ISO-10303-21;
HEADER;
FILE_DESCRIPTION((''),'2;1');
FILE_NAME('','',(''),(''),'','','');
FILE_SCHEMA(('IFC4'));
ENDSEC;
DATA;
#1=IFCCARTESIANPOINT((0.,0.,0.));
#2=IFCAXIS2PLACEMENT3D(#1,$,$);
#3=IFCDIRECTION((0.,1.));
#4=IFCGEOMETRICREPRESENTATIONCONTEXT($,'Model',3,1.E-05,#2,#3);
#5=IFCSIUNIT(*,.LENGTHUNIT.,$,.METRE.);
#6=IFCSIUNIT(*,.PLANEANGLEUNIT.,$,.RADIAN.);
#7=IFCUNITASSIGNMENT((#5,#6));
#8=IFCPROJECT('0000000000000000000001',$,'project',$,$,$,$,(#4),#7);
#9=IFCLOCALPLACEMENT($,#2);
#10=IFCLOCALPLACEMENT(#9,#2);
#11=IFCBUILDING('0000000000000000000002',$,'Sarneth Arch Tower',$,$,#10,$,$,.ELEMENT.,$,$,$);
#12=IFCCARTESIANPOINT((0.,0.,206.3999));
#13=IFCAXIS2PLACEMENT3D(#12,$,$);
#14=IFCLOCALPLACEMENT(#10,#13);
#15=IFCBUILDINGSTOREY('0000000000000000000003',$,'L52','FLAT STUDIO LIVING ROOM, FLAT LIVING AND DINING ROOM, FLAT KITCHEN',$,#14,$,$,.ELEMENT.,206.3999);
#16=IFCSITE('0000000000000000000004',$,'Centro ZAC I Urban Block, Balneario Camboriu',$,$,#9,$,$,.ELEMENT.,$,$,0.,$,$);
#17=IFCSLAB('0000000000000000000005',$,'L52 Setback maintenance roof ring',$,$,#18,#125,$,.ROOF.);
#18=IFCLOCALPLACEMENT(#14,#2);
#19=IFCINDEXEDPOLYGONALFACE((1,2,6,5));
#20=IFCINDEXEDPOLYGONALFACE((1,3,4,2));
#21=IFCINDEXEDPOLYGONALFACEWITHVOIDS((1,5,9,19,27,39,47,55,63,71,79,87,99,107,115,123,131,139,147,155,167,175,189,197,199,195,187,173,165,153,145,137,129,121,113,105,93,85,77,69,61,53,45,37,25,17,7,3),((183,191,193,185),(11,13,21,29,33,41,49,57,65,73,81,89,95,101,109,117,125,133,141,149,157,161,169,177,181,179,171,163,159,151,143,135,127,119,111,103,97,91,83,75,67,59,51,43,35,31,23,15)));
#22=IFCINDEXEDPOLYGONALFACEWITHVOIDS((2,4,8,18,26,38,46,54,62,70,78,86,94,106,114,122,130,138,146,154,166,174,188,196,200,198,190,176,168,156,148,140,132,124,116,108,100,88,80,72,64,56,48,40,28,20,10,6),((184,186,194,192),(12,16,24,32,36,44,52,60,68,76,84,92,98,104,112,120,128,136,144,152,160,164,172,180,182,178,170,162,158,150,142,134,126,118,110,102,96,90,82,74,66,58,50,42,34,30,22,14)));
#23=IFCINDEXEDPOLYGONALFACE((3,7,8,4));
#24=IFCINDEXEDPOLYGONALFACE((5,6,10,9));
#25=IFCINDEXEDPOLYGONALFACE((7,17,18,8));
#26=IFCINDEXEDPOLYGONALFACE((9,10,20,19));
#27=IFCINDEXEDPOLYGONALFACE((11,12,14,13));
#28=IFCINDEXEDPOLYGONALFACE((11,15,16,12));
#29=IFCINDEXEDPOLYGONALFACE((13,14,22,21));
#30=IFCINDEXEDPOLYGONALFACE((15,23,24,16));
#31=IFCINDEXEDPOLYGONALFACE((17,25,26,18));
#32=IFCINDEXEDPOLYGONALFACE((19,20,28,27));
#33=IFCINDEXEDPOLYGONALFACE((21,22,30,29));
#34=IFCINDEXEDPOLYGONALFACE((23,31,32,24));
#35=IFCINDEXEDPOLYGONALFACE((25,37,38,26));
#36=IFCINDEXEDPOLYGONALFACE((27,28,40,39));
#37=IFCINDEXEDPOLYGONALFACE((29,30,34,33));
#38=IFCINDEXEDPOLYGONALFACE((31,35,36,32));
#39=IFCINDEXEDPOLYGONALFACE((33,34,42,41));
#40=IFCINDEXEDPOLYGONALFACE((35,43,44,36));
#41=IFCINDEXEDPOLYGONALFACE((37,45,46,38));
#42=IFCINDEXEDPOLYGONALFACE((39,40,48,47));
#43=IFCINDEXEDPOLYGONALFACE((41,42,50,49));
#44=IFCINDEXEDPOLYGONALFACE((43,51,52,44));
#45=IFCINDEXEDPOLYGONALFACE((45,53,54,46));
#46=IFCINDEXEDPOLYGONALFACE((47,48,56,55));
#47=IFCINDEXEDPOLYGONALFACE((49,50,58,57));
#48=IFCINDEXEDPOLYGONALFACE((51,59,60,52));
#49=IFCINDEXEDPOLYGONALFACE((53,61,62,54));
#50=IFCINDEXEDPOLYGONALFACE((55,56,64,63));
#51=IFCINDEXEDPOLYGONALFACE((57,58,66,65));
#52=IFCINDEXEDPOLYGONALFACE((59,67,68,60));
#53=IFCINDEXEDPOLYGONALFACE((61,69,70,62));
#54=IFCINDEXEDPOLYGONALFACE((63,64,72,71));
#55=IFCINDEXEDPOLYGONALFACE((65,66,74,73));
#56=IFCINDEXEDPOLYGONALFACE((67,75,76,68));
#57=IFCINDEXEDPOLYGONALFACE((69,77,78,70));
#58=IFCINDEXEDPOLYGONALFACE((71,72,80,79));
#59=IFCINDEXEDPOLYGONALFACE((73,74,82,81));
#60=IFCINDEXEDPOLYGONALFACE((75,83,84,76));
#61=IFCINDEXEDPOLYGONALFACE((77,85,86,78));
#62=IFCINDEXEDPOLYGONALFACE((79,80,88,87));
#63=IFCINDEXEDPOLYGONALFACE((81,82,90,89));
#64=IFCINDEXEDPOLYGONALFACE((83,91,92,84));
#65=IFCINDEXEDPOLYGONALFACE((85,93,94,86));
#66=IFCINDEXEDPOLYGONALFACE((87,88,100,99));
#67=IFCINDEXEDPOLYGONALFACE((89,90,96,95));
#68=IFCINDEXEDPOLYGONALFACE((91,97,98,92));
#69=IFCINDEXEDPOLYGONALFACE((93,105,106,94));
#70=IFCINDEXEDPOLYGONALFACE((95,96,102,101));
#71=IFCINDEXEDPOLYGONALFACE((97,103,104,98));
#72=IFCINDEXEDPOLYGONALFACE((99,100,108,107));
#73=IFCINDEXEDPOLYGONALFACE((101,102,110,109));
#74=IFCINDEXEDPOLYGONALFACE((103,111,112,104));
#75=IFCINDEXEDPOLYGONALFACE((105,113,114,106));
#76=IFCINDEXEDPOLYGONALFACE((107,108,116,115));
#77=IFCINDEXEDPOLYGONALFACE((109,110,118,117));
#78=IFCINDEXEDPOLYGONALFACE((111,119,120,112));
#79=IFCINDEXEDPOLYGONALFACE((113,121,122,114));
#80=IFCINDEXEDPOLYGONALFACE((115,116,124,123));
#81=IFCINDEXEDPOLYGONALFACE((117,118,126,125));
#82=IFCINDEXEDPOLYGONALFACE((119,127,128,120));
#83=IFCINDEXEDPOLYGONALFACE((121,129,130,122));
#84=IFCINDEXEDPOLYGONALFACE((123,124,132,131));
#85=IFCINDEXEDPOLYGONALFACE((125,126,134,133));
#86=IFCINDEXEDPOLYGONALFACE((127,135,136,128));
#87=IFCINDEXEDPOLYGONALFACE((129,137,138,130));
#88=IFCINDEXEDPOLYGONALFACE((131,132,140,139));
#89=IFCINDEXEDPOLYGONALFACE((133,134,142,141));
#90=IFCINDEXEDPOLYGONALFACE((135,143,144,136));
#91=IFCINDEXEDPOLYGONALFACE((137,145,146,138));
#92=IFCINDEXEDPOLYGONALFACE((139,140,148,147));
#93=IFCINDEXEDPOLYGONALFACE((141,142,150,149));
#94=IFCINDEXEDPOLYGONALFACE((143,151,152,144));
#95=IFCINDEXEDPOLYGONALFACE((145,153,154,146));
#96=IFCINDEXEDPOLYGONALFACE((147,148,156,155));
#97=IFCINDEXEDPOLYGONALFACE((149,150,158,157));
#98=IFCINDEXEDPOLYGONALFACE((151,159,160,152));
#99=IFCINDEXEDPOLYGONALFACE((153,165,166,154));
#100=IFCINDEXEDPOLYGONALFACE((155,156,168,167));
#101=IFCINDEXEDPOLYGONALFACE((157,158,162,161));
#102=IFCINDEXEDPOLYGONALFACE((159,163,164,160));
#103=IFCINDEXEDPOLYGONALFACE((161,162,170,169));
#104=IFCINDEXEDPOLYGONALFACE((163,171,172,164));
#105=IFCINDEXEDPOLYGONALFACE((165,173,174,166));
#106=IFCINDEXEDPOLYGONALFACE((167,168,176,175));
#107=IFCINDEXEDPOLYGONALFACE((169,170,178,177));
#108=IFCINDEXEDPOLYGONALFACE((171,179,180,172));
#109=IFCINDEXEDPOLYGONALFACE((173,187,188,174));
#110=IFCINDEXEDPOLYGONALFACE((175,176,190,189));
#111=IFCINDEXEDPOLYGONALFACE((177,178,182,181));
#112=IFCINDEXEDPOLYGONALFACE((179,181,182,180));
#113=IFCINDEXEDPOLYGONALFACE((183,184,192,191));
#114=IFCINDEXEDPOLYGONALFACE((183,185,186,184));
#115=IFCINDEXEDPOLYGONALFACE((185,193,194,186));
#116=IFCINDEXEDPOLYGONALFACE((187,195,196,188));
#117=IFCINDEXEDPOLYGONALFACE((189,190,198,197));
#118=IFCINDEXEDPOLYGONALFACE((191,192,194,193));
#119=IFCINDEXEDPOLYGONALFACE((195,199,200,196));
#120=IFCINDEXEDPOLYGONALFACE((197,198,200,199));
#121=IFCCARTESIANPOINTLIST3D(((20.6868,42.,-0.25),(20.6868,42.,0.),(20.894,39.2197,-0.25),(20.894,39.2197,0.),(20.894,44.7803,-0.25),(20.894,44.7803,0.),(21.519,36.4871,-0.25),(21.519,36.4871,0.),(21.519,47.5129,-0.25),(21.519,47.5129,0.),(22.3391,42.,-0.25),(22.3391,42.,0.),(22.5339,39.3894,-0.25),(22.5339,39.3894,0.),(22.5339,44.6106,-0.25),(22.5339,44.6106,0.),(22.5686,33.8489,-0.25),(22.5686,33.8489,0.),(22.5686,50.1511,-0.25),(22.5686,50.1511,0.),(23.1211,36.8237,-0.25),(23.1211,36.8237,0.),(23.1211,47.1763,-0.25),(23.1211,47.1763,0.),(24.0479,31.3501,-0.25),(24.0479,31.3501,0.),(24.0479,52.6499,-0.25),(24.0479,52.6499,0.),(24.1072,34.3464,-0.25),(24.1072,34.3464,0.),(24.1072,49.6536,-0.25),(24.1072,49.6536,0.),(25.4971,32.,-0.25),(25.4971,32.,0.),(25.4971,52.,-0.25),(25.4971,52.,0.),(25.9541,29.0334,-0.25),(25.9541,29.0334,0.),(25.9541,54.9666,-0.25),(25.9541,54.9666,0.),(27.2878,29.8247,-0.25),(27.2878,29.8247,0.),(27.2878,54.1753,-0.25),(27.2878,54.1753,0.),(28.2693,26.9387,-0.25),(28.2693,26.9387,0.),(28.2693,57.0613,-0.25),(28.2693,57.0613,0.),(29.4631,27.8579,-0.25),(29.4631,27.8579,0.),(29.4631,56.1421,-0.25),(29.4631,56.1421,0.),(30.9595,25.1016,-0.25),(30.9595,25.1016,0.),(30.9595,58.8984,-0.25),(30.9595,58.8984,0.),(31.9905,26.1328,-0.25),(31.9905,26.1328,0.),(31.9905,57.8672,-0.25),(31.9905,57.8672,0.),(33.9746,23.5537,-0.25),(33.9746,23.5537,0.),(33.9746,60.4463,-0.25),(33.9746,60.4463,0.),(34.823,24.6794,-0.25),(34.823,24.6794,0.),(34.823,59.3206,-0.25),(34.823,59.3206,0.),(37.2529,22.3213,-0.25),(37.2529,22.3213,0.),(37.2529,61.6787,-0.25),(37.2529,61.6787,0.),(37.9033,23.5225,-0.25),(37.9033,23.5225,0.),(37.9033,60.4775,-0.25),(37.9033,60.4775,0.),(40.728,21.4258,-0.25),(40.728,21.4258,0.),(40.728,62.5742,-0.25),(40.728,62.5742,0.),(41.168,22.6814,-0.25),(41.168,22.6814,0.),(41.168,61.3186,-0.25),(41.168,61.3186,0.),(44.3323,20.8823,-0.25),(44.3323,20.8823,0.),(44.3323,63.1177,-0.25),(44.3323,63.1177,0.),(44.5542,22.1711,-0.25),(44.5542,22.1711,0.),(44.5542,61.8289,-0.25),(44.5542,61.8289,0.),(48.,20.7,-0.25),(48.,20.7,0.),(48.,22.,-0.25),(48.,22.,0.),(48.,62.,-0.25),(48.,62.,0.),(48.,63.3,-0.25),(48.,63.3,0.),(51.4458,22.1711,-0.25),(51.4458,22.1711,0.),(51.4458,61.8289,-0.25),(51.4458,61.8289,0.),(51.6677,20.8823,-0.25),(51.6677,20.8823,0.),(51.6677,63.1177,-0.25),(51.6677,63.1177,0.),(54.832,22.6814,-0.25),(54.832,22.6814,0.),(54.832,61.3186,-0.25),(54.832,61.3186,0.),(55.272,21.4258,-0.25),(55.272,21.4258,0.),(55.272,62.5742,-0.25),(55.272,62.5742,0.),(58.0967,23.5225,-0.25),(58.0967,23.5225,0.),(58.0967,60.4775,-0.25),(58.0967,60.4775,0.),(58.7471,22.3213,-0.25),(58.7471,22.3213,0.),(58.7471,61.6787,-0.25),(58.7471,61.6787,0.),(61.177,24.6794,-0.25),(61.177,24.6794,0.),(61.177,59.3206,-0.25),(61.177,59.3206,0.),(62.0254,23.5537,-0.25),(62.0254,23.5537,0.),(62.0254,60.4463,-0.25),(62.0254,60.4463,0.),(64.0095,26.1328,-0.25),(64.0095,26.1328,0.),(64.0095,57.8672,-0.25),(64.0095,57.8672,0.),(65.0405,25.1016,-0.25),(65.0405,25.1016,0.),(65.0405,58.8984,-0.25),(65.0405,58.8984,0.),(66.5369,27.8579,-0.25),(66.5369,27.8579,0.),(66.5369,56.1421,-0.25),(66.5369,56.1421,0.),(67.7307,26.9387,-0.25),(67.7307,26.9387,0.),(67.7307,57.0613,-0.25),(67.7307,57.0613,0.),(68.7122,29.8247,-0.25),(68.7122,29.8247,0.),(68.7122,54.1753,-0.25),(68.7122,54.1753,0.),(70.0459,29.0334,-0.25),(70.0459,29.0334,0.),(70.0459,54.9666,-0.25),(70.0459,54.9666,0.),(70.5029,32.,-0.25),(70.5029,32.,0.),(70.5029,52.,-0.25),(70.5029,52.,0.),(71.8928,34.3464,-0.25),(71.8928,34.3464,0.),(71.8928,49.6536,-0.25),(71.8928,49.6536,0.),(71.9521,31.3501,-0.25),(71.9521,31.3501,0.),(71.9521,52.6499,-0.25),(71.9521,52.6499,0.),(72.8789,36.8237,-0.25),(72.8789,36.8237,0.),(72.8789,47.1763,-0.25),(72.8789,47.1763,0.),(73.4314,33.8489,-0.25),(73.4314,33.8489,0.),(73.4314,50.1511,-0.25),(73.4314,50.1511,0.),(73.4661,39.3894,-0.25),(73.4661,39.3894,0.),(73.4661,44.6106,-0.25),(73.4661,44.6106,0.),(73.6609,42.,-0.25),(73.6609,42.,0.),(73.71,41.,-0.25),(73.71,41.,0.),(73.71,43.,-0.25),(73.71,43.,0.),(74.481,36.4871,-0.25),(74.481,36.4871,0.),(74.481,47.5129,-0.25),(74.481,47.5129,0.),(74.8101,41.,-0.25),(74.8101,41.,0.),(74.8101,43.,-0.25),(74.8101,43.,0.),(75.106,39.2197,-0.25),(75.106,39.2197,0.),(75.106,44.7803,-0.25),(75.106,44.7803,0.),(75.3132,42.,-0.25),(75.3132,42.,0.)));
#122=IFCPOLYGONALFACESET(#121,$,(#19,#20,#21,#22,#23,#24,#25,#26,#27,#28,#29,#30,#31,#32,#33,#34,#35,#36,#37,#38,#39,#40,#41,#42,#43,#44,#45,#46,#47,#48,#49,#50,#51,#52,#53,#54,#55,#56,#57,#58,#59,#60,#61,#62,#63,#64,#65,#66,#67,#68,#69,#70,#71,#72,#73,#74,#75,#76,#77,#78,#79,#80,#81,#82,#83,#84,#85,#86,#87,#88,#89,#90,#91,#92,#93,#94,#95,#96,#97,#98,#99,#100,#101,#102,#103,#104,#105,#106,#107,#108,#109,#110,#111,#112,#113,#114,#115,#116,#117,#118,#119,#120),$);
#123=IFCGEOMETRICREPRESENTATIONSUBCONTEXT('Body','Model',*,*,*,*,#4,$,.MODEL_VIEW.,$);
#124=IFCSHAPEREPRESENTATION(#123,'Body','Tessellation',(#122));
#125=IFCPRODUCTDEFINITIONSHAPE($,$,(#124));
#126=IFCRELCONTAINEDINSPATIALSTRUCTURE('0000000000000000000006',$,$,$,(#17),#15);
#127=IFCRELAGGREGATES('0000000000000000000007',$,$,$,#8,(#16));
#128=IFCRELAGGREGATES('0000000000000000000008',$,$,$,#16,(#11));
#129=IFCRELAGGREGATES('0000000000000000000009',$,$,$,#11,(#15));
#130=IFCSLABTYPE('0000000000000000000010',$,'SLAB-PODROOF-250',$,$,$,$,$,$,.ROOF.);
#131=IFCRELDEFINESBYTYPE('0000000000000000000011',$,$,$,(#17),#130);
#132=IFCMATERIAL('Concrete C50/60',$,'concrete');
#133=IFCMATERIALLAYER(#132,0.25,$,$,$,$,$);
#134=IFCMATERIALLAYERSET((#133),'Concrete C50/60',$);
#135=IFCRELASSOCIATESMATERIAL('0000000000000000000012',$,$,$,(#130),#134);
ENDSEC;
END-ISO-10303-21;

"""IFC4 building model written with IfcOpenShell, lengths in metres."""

from ifc_helpers import new_model, si_unit, direction, frame, origin, place, context, subcontext, project, spatial, polyline, outline, extrude, material, layer, layer_set, type_object, element, save


model = new_model("IFC4")

# Units and contexts
model_context = context("Model", 3, precision=1e-05, world=origin(), true_north=direction((0.0, 1.0)))
body_context = subcontext(model_context, "Body", "Model", "MODEL_VIEW")
ifc_project = project(units=[si_unit("LENGTHUNIT", "METRE"), si_unit("PLANEANGLEUNIT", "RADIAN")], contexts=[model_context])

# Site, building, storey
site_placement = place(None, origin())
site = spatial("IfcSite", under=ifc_project, at=site_placement, Name="Centro ZAC I Urban Block, Balneario Camboriu", CompositionType="ELEMENT", RefElevation=0.0)
building_placement = place(site_placement, origin())
building = spatial("IfcBuilding", under=site, at=building_placement, Name="Sarneth Arch Tower", CompositionType="ELEMENT")
storey_placement = place(building_placement, frame((0.0, 0.0, 206.3999)))
storey = spatial("IfcBuildingStorey", under=building, at=storey_placement, Name="L52", Description="FLAT STUDIO LIVING ROOM, FLAT LIVING AND DINING ROOM, FLAT KITCHEN", CompositionType="ELEMENT", Elevation=206.3999)

# Slab
ifc_material_1 = material(Name="Concrete C50/60", Category="concrete")
ifc_layer_1 = layer(ifc_material_1, 0.25)
ifc_layer_set_1 = layer_set([ifc_layer_1], Name="Concrete C50/60")
slab_type_1 = type_object("IfcSlabType", Name="SLAB-PODROOF-250", PredefinedType="ROOF", material=ifc_layer_set_1)
slab_1_placement = place(storey_placement, frame((0.0, 0.0, -0.25)))
element("IfcSlab", 1, at=slab_1_placement, inside=storey, type_object=slab_type_1, Name="L52 Setback maintenance roof ring", PredefinedType="ROOF", context=body_context, shape_type="SweptSolid", body=[
    extrude(outline(polyline([(75.3132, 42.0), (75.106, 44.7803), (74.481, 47.5129), (73.4314, 50.1511), (71.9521, 52.6499), (70.0459, 54.9666), (67.7307, 57.0613), (65.0405, 58.8984), (62.0254, 60.4463), (58.7471, 61.6787), (55.272, 62.5742), (51.6677, 63.1177), (48.0, 63.3), (44.3323, 63.1177), (40.728, 62.5742), (37.2529, 61.6787), (33.9746, 60.4463), (30.9595, 58.8984), (28.2693, 57.0613), (25.9541, 54.9666), (24.0479, 52.6499), (22.5686, 50.1511), (21.519, 47.5129), (20.894, 44.7803), (20.6868, 42.0), (20.894, 39.2197), (21.519, 36.4871), (22.5686, 33.8489), (24.0479, 31.3501), (25.9541, 29.0334), (28.2693, 26.9387), (30.9595, 25.1016), (33.9746, 23.5537), (37.2529, 22.3213), (40.728, 21.4258), (44.3323, 20.8823), (48.0, 20.7), (51.6677, 20.8823), (55.272, 21.4258), (58.7471, 22.3213), (62.0254, 23.5537), (65.0405, 25.1016), (67.7307, 26.9387), (70.0459, 29.0334), (71.9521, 31.3501), (73.4314, 33.8489), (74.481, 36.4871), (75.106, 39.2197), (75.3132, 42.0)]), holes=[polyline([(73.6609, 42.0), (73.4661, 44.6106), (72.8789, 47.1763), (71.8928, 49.6536), (70.5029, 52.0), (68.7122, 54.1753), (66.5369, 56.1421), (64.0095, 57.8672), (61.177, 59.3206), (58.0967, 60.4775), (54.832, 61.3186), (51.4458, 61.8289), (48.0, 62.0), (44.5542, 61.8289), (41.168, 61.3186), (37.9033, 60.4775), (34.823, 59.3206), (31.9905, 57.8672), (29.4631, 56.1421), (27.2878, 54.1753), (25.4971, 52.0), (24.1072, 49.6536), (23.1211, 47.1763), (22.5339, 44.6106), (22.3391, 42.0), (22.5339, 39.3894), (23.1211, 36.8237), (24.1072, 34.3464), (25.4971, 32.0), (27.2878, 29.8247), (29.4631, 27.8579), (31.9905, 26.1328), (34.823, 24.6794), (37.9033, 23.5225), (41.168, 22.6814), (44.5542, 22.1711), (48.0, 22.0), (51.4458, 22.1711), (54.832, 22.6814), (58.0967, 23.5225), (61.177, 24.6794), (64.0095, 26.1328), (66.5369, 27.8579), (68.7122, 29.8247), (70.5029, 32.0), (71.8928, 34.3464), (72.8789, 36.8237), (73.4661, 39.3894), (73.6609, 42.0)]), polyline([(73.71, 41.0), (74.8101, 41.0), (74.8101, 43.0), (73.71, 43.0), (73.71, 41.0)])]), origin(), (0.0, 0.0, 1.0), 0.25),
])

save(model, "model.ifc")
